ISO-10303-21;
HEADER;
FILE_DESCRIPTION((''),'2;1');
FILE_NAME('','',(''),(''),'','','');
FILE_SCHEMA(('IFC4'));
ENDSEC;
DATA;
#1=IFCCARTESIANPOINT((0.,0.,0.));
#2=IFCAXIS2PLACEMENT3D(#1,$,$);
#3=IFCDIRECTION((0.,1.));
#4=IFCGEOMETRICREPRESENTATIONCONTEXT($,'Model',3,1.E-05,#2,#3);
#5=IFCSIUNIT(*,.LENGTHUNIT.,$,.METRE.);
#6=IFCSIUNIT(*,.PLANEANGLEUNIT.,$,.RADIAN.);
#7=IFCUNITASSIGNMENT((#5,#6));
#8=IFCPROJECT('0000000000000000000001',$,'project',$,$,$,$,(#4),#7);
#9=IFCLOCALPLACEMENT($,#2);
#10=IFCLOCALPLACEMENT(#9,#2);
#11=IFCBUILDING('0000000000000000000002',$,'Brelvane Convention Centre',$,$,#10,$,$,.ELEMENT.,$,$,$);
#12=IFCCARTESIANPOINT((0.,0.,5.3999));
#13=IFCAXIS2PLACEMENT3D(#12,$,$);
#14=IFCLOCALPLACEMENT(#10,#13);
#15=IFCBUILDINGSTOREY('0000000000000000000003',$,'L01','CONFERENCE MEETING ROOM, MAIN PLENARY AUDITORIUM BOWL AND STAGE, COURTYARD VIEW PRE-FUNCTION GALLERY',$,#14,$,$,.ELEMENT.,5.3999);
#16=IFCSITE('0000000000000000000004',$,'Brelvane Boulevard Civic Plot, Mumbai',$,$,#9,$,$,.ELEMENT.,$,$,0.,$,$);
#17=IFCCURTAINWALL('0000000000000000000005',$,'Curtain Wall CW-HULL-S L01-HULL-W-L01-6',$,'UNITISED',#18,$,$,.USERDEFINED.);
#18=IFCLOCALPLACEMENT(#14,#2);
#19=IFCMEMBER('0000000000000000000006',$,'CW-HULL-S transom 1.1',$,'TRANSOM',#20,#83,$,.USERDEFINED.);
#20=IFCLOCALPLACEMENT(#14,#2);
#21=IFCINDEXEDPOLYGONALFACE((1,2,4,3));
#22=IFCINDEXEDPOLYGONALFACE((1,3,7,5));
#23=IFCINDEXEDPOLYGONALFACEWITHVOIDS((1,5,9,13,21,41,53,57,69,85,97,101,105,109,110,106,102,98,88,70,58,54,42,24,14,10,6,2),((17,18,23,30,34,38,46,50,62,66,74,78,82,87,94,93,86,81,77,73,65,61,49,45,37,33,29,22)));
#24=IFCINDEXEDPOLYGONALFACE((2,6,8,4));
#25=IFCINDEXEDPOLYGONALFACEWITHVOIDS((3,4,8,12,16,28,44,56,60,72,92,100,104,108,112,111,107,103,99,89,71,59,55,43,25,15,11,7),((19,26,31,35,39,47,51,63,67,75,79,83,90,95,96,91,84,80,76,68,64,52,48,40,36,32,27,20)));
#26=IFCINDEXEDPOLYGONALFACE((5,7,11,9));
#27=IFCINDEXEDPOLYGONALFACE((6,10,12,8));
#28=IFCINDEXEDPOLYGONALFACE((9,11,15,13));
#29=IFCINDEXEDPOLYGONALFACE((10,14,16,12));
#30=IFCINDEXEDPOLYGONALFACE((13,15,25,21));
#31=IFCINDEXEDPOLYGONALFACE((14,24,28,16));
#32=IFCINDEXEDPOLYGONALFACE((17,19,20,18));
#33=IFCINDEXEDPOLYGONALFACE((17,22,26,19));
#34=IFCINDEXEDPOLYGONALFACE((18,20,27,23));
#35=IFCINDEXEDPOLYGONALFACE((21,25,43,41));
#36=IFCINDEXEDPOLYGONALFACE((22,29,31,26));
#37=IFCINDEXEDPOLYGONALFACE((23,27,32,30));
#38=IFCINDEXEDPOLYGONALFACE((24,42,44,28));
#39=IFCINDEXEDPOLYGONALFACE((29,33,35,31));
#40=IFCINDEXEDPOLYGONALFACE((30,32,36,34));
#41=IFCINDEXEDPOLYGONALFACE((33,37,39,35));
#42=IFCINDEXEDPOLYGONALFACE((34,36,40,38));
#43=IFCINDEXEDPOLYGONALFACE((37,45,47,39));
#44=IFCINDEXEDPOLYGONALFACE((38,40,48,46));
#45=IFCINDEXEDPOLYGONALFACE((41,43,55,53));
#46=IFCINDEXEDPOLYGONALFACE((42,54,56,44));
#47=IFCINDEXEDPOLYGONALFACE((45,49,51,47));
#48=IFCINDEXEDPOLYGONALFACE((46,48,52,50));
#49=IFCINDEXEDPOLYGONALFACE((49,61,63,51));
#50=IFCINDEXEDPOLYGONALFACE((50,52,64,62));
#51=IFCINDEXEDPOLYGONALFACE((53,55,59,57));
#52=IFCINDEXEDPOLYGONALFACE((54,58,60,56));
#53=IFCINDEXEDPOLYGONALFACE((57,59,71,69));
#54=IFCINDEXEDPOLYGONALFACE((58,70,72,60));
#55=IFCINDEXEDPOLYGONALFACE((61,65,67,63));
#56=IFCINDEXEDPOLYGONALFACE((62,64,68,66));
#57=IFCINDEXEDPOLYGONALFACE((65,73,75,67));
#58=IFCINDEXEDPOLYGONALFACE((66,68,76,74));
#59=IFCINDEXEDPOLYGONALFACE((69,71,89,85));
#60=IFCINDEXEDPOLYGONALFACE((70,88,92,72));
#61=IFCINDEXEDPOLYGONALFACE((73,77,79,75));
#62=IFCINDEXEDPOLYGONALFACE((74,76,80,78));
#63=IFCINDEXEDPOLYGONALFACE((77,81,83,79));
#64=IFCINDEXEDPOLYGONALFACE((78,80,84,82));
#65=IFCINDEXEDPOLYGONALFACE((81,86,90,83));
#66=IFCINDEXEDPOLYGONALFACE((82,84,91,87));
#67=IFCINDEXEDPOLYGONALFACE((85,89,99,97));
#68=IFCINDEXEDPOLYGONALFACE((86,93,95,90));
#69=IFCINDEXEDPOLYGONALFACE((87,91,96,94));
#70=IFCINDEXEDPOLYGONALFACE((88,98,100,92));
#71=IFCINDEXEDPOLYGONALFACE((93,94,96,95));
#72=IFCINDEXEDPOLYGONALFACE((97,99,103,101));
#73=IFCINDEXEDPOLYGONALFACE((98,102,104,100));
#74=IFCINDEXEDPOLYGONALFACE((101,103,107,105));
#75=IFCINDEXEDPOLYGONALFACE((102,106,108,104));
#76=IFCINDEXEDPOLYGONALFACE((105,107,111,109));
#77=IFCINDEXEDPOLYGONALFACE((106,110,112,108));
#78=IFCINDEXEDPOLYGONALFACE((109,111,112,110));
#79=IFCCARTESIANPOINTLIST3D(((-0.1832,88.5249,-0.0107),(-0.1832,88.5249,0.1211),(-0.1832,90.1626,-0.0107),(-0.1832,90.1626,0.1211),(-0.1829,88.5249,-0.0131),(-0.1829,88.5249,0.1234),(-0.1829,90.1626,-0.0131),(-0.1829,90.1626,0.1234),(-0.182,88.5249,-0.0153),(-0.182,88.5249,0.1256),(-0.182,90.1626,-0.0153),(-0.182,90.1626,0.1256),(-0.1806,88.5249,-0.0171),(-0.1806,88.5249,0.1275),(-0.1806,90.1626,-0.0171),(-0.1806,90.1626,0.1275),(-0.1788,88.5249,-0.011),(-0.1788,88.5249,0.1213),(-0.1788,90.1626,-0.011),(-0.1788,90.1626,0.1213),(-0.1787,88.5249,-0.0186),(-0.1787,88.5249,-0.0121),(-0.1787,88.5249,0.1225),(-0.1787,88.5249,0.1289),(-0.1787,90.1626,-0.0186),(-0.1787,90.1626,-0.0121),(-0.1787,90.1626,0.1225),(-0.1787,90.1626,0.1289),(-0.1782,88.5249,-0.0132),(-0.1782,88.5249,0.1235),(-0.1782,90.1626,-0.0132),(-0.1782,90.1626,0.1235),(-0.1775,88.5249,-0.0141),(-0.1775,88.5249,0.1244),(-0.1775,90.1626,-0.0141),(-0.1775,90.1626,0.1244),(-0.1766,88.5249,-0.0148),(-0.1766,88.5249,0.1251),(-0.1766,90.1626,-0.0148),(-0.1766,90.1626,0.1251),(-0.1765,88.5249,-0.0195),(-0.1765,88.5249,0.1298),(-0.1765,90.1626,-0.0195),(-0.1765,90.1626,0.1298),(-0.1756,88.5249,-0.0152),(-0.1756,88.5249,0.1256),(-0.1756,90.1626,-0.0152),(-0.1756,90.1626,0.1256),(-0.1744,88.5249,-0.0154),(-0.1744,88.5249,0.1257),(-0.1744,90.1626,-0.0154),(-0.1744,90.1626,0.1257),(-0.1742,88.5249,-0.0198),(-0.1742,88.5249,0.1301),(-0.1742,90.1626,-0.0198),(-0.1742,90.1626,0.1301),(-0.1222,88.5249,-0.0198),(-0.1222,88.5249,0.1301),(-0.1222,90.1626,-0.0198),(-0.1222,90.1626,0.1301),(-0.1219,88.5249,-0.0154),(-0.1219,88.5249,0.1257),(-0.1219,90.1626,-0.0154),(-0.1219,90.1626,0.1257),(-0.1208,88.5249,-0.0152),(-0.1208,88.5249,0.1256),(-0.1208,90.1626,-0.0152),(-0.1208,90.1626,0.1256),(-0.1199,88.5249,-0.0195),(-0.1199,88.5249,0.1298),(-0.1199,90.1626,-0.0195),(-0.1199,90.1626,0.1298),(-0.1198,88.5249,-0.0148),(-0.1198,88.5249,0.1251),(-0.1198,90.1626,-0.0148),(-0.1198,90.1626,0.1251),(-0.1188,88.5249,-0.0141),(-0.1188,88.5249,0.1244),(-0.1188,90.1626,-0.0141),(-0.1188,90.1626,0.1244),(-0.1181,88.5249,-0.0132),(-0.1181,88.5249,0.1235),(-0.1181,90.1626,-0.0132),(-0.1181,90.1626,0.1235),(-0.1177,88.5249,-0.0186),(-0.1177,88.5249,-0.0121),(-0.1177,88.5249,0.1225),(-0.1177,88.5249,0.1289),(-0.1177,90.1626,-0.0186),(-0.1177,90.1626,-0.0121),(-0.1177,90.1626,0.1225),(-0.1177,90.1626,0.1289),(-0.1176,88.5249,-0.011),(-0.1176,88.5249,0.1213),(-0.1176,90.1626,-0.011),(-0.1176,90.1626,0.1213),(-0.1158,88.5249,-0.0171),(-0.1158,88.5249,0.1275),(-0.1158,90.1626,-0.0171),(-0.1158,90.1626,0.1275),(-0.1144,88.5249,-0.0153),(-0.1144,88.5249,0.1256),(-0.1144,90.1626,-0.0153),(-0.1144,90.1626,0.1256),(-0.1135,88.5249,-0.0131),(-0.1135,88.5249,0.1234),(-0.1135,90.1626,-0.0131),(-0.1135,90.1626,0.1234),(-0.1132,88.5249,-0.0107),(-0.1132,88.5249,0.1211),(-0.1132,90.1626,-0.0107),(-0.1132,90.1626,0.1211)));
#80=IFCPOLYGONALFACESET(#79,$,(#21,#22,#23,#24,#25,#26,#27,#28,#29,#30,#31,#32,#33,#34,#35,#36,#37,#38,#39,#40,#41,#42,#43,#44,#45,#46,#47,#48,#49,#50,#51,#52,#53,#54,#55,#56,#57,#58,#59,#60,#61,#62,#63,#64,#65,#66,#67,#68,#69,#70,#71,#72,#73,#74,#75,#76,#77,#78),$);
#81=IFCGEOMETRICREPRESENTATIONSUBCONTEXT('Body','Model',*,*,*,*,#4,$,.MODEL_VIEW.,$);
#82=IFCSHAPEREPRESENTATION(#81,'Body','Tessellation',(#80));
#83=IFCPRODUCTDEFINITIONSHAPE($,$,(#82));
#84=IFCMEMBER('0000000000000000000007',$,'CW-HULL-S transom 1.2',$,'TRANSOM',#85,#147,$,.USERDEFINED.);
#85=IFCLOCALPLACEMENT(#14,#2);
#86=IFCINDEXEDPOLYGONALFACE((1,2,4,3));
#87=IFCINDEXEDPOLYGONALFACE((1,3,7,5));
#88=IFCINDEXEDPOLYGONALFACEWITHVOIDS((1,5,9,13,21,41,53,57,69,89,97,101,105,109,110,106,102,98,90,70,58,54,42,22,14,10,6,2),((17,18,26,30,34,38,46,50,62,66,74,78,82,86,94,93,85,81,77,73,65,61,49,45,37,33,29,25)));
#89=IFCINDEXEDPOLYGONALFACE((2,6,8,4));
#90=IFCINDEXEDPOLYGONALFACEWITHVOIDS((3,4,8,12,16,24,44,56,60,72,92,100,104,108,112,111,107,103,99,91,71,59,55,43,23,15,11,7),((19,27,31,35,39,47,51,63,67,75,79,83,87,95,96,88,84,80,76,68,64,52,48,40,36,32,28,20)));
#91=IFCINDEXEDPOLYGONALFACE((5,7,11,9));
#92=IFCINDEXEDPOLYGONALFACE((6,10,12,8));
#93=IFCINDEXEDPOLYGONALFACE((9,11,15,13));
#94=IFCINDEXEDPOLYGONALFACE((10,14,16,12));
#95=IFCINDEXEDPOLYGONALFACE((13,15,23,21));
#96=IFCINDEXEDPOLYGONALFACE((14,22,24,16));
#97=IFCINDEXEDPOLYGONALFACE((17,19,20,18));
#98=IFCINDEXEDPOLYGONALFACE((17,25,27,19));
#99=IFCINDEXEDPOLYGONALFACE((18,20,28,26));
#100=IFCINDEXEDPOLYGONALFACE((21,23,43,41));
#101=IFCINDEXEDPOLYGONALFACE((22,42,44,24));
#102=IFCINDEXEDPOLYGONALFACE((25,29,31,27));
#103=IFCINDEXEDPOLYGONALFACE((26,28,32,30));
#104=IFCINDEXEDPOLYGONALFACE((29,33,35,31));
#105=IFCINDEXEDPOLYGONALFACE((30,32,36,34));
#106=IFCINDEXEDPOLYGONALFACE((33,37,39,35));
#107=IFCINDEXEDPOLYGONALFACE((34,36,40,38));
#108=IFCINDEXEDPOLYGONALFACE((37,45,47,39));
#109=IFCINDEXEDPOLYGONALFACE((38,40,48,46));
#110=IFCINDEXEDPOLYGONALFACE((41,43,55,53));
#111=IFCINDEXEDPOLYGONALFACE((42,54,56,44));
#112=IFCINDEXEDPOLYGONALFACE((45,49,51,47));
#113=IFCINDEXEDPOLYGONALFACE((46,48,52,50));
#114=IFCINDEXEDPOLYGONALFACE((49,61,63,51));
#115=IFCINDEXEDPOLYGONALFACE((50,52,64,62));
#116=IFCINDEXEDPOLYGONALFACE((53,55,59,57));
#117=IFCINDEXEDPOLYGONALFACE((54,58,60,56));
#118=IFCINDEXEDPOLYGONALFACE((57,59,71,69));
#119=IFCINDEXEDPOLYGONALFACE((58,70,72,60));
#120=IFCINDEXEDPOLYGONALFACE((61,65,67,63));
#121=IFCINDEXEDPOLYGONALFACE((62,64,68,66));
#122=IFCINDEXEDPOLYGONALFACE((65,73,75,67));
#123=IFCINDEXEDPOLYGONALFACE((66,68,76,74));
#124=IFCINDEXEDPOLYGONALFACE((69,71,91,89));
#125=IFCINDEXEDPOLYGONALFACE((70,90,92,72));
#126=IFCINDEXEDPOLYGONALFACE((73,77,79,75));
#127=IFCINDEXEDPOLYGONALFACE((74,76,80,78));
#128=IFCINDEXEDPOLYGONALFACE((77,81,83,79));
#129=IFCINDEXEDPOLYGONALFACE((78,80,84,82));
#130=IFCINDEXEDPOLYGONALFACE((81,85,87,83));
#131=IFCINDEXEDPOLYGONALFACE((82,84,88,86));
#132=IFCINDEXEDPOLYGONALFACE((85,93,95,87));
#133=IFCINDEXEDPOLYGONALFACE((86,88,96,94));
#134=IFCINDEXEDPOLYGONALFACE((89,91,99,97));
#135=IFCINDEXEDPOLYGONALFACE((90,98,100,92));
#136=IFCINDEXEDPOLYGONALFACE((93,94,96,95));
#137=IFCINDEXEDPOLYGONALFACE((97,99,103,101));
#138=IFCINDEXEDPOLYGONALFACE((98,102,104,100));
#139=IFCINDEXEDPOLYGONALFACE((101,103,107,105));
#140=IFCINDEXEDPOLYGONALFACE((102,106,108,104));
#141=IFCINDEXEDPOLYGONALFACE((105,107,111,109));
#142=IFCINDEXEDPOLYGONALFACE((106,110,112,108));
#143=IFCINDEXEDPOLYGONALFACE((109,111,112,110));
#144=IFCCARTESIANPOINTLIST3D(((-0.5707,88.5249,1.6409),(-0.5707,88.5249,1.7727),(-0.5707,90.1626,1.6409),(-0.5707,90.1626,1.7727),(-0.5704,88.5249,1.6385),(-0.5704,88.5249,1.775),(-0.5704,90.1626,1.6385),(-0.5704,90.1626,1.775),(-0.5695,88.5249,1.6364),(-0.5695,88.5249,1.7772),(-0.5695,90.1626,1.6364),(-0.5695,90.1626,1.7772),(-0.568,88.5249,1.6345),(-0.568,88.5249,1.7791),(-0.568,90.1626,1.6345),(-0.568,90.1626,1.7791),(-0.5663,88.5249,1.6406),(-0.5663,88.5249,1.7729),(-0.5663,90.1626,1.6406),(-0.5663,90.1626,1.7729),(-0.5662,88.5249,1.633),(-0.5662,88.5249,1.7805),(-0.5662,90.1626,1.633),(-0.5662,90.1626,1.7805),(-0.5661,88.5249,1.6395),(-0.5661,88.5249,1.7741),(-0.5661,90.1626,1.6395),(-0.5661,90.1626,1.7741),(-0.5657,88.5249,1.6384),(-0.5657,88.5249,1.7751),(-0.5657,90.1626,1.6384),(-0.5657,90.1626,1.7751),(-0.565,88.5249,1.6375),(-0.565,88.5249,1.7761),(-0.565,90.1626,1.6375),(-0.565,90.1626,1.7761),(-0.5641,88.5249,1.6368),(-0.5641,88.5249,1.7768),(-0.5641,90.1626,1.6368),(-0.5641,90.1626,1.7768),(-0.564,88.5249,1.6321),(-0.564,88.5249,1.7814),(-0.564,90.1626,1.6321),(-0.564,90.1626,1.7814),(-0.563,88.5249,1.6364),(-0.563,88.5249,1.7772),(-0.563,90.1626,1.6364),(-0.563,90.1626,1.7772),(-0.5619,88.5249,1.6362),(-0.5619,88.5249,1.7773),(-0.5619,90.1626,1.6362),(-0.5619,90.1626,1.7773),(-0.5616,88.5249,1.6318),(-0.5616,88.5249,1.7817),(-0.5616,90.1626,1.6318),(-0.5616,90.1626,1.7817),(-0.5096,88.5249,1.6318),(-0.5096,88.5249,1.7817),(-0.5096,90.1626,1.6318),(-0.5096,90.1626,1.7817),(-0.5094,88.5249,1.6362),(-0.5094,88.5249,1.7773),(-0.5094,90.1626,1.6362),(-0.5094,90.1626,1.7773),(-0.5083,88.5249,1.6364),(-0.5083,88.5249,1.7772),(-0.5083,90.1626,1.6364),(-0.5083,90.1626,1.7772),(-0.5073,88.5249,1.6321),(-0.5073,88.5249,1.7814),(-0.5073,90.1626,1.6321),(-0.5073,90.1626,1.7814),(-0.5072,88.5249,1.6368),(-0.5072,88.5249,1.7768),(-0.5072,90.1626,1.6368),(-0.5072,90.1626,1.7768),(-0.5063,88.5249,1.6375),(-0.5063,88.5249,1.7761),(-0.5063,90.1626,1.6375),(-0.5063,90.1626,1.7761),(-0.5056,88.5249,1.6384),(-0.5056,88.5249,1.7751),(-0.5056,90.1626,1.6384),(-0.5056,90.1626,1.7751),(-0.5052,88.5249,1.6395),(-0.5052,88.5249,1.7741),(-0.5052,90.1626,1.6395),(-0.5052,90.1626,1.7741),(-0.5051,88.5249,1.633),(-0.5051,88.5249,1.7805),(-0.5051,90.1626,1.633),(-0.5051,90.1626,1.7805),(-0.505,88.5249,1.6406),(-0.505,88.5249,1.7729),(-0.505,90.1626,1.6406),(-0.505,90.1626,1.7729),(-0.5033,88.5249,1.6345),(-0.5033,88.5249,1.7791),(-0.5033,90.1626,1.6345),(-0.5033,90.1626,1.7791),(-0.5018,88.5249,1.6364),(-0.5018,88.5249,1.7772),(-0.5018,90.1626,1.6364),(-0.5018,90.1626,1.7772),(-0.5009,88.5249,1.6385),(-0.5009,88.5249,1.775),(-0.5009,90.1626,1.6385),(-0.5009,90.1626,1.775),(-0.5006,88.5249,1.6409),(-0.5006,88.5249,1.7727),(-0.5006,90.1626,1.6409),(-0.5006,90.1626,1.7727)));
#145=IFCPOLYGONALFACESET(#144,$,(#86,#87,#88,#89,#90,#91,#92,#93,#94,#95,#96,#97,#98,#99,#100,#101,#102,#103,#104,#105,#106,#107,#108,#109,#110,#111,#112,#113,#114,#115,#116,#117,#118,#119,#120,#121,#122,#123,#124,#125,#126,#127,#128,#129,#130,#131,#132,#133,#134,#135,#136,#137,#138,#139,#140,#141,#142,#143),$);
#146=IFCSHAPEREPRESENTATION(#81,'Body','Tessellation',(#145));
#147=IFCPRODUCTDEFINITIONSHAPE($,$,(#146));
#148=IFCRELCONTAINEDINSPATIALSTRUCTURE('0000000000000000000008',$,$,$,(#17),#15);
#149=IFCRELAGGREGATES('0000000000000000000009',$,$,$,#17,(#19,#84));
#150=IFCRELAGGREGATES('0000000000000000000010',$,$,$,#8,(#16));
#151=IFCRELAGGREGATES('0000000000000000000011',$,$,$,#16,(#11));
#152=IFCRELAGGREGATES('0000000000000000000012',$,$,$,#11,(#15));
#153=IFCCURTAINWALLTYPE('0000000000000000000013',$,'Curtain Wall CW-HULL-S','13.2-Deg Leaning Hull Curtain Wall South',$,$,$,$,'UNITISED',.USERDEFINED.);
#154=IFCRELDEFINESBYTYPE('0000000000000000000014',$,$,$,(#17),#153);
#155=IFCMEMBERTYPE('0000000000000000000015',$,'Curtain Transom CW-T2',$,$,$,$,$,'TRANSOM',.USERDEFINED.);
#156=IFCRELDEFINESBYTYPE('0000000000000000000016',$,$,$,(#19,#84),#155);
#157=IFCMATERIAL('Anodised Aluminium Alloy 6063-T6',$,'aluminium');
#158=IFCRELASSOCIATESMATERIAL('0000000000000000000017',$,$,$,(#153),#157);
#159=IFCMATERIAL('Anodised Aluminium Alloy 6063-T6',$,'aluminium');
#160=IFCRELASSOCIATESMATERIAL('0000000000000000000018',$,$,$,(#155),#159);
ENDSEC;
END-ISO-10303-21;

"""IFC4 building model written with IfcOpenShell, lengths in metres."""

from ifc_helpers import new_model, si_unit, direction, frame, origin, origin_2d, place, context, subcontext, project, spatial, hollow_rectangle, extrude, material, material_profile, profile_set, type_object, element, aggregate, save


model = new_model("IFC4")

# Units and contexts
model_context = context("Model", 3, precision=1e-05, world=origin(), true_north=direction((0.0, 1.0)))
body_context = subcontext(model_context, "Body", "Model", "MODEL_VIEW")
ifc_project = project(units=[si_unit("LENGTHUNIT", "METRE"), si_unit("PLANEANGLEUNIT", "RADIAN")], contexts=[model_context])

# Site, building, storey
site_placement = place(None, origin())
site = spatial("IfcSite", under=ifc_project, at=site_placement, Name="Brelvane Boulevard Civic Plot, Mumbai", CompositionType="ELEMENT", RefElevation=0.0)
building_placement = place(site_placement, origin())
building = spatial("IfcBuilding", under=site, at=building_placement, Name="Brelvane Convention Centre", CompositionType="ELEMENT")
storey_placement = place(building_placement, frame((0.0, 0.0, 5.3999)))
storey = spatial("IfcBuildingStorey", under=building, at=storey_placement, Name="L01", Description="CONFERENCE MEETING ROOM, MAIN PLENARY AUDITORIUM BOWL AND STAGE, COURTYARD VIEW PRE-FUNCTION GALLERY", CompositionType="ELEMENT", Elevation=5.3999)

# Shared definitions
ifc_material_1 = material(Name="Anodised Aluminium Alloy 6063-T6", Category="aluminium")
curtain_wall_type = type_object("IfcCurtainWallType", Name="Curtain Wall CW-HULL-S", Description="13.2-Deg Leaning Hull Curtain Wall South", ElementType="UNITISED", PredefinedType="USERDEFINED", material=ifc_material_1)

# Curtain wall
curtain_wall_1_placement = place(storey_placement, origin())
curtain_wall_1 = element("IfcCurtainWall", 1, at=curtain_wall_1_placement, inside=storey, type_object=curtain_wall_type, Name="Curtain Wall CW-HULL-S L01-HULL-W-L01-6", ObjectType="UNITISED", PredefinedType="USERDEFINED")

# Members
ifc_material_2 = material(Name="Anodised Aluminium Alloy 6063-T6", Category="aluminium")
ifc_material_profile_1 = material_profile(ifc_material_2, hollow_rectangle(XDim=0.0701, YDim=0.1499, WallThickness=0.0044, InnerFilletRadius=0.0044, OuterFilletRadius=0.009, at=origin_2d()), Name="ALU-T 150x70x4.5")
ifc_profile_set_1 = profile_set([ifc_material_profile_1], Name="Anodised Aluminium Alloy 6063-T6")
member_type_1 = type_object("IfcMemberType", Name="Curtain Transom CW-T2", ElementType="TRANSOM", PredefinedType="USERDEFINED", material=ifc_profile_set_1)
member_1_placement = place(storey_placement, frame((-0.1482, 88.5249, 0.0552), z_axis=(0.0, 1.0, 0.0), x_axis=(-1.0, 0.0, 0.0)))
member_1 = element("IfcMember", 2, at=member_1_placement, type_object=member_type_1, Name="CW-HULL-S transom 1.1", ObjectType="TRANSOM", PredefinedType="USERDEFINED", context=body_context, shape_type="SweptSolid", body=[
    extrude(hollow_rectangle(XDim=0.0701, YDim=0.1499, WallThickness=0.0044, InnerFilletRadius=0.0044, OuterFilletRadius=0.009, at=origin_2d()), origin(), (0.0, 0.0, 1.0), 1.6377),
])
member_2_placement = place(storey_placement, frame((-0.5356, 88.5249, 1.7068), z_axis=(0.0, 1.0, 0.0), x_axis=(-1.0, 0.0, 0.0)))
member_2 = element("IfcMember", 3, at=member_2_placement, type_object=member_type_1, Name="CW-HULL-S transom 1.2", ObjectType="TRANSOM", PredefinedType="USERDEFINED", context=body_context, shape_type="SweptSolid", body=[
    extrude(hollow_rectangle(XDim=0.0701, YDim=0.1499, WallThickness=0.0044, InnerFilletRadius=0.0044, OuterFilletRadius=0.009, at=origin_2d()), origin(), (0.0, 0.0, 1.0), 1.6377),
])

aggregate(curtain_wall_1, [member_1, member_2])

save(model, "model.ifc")
